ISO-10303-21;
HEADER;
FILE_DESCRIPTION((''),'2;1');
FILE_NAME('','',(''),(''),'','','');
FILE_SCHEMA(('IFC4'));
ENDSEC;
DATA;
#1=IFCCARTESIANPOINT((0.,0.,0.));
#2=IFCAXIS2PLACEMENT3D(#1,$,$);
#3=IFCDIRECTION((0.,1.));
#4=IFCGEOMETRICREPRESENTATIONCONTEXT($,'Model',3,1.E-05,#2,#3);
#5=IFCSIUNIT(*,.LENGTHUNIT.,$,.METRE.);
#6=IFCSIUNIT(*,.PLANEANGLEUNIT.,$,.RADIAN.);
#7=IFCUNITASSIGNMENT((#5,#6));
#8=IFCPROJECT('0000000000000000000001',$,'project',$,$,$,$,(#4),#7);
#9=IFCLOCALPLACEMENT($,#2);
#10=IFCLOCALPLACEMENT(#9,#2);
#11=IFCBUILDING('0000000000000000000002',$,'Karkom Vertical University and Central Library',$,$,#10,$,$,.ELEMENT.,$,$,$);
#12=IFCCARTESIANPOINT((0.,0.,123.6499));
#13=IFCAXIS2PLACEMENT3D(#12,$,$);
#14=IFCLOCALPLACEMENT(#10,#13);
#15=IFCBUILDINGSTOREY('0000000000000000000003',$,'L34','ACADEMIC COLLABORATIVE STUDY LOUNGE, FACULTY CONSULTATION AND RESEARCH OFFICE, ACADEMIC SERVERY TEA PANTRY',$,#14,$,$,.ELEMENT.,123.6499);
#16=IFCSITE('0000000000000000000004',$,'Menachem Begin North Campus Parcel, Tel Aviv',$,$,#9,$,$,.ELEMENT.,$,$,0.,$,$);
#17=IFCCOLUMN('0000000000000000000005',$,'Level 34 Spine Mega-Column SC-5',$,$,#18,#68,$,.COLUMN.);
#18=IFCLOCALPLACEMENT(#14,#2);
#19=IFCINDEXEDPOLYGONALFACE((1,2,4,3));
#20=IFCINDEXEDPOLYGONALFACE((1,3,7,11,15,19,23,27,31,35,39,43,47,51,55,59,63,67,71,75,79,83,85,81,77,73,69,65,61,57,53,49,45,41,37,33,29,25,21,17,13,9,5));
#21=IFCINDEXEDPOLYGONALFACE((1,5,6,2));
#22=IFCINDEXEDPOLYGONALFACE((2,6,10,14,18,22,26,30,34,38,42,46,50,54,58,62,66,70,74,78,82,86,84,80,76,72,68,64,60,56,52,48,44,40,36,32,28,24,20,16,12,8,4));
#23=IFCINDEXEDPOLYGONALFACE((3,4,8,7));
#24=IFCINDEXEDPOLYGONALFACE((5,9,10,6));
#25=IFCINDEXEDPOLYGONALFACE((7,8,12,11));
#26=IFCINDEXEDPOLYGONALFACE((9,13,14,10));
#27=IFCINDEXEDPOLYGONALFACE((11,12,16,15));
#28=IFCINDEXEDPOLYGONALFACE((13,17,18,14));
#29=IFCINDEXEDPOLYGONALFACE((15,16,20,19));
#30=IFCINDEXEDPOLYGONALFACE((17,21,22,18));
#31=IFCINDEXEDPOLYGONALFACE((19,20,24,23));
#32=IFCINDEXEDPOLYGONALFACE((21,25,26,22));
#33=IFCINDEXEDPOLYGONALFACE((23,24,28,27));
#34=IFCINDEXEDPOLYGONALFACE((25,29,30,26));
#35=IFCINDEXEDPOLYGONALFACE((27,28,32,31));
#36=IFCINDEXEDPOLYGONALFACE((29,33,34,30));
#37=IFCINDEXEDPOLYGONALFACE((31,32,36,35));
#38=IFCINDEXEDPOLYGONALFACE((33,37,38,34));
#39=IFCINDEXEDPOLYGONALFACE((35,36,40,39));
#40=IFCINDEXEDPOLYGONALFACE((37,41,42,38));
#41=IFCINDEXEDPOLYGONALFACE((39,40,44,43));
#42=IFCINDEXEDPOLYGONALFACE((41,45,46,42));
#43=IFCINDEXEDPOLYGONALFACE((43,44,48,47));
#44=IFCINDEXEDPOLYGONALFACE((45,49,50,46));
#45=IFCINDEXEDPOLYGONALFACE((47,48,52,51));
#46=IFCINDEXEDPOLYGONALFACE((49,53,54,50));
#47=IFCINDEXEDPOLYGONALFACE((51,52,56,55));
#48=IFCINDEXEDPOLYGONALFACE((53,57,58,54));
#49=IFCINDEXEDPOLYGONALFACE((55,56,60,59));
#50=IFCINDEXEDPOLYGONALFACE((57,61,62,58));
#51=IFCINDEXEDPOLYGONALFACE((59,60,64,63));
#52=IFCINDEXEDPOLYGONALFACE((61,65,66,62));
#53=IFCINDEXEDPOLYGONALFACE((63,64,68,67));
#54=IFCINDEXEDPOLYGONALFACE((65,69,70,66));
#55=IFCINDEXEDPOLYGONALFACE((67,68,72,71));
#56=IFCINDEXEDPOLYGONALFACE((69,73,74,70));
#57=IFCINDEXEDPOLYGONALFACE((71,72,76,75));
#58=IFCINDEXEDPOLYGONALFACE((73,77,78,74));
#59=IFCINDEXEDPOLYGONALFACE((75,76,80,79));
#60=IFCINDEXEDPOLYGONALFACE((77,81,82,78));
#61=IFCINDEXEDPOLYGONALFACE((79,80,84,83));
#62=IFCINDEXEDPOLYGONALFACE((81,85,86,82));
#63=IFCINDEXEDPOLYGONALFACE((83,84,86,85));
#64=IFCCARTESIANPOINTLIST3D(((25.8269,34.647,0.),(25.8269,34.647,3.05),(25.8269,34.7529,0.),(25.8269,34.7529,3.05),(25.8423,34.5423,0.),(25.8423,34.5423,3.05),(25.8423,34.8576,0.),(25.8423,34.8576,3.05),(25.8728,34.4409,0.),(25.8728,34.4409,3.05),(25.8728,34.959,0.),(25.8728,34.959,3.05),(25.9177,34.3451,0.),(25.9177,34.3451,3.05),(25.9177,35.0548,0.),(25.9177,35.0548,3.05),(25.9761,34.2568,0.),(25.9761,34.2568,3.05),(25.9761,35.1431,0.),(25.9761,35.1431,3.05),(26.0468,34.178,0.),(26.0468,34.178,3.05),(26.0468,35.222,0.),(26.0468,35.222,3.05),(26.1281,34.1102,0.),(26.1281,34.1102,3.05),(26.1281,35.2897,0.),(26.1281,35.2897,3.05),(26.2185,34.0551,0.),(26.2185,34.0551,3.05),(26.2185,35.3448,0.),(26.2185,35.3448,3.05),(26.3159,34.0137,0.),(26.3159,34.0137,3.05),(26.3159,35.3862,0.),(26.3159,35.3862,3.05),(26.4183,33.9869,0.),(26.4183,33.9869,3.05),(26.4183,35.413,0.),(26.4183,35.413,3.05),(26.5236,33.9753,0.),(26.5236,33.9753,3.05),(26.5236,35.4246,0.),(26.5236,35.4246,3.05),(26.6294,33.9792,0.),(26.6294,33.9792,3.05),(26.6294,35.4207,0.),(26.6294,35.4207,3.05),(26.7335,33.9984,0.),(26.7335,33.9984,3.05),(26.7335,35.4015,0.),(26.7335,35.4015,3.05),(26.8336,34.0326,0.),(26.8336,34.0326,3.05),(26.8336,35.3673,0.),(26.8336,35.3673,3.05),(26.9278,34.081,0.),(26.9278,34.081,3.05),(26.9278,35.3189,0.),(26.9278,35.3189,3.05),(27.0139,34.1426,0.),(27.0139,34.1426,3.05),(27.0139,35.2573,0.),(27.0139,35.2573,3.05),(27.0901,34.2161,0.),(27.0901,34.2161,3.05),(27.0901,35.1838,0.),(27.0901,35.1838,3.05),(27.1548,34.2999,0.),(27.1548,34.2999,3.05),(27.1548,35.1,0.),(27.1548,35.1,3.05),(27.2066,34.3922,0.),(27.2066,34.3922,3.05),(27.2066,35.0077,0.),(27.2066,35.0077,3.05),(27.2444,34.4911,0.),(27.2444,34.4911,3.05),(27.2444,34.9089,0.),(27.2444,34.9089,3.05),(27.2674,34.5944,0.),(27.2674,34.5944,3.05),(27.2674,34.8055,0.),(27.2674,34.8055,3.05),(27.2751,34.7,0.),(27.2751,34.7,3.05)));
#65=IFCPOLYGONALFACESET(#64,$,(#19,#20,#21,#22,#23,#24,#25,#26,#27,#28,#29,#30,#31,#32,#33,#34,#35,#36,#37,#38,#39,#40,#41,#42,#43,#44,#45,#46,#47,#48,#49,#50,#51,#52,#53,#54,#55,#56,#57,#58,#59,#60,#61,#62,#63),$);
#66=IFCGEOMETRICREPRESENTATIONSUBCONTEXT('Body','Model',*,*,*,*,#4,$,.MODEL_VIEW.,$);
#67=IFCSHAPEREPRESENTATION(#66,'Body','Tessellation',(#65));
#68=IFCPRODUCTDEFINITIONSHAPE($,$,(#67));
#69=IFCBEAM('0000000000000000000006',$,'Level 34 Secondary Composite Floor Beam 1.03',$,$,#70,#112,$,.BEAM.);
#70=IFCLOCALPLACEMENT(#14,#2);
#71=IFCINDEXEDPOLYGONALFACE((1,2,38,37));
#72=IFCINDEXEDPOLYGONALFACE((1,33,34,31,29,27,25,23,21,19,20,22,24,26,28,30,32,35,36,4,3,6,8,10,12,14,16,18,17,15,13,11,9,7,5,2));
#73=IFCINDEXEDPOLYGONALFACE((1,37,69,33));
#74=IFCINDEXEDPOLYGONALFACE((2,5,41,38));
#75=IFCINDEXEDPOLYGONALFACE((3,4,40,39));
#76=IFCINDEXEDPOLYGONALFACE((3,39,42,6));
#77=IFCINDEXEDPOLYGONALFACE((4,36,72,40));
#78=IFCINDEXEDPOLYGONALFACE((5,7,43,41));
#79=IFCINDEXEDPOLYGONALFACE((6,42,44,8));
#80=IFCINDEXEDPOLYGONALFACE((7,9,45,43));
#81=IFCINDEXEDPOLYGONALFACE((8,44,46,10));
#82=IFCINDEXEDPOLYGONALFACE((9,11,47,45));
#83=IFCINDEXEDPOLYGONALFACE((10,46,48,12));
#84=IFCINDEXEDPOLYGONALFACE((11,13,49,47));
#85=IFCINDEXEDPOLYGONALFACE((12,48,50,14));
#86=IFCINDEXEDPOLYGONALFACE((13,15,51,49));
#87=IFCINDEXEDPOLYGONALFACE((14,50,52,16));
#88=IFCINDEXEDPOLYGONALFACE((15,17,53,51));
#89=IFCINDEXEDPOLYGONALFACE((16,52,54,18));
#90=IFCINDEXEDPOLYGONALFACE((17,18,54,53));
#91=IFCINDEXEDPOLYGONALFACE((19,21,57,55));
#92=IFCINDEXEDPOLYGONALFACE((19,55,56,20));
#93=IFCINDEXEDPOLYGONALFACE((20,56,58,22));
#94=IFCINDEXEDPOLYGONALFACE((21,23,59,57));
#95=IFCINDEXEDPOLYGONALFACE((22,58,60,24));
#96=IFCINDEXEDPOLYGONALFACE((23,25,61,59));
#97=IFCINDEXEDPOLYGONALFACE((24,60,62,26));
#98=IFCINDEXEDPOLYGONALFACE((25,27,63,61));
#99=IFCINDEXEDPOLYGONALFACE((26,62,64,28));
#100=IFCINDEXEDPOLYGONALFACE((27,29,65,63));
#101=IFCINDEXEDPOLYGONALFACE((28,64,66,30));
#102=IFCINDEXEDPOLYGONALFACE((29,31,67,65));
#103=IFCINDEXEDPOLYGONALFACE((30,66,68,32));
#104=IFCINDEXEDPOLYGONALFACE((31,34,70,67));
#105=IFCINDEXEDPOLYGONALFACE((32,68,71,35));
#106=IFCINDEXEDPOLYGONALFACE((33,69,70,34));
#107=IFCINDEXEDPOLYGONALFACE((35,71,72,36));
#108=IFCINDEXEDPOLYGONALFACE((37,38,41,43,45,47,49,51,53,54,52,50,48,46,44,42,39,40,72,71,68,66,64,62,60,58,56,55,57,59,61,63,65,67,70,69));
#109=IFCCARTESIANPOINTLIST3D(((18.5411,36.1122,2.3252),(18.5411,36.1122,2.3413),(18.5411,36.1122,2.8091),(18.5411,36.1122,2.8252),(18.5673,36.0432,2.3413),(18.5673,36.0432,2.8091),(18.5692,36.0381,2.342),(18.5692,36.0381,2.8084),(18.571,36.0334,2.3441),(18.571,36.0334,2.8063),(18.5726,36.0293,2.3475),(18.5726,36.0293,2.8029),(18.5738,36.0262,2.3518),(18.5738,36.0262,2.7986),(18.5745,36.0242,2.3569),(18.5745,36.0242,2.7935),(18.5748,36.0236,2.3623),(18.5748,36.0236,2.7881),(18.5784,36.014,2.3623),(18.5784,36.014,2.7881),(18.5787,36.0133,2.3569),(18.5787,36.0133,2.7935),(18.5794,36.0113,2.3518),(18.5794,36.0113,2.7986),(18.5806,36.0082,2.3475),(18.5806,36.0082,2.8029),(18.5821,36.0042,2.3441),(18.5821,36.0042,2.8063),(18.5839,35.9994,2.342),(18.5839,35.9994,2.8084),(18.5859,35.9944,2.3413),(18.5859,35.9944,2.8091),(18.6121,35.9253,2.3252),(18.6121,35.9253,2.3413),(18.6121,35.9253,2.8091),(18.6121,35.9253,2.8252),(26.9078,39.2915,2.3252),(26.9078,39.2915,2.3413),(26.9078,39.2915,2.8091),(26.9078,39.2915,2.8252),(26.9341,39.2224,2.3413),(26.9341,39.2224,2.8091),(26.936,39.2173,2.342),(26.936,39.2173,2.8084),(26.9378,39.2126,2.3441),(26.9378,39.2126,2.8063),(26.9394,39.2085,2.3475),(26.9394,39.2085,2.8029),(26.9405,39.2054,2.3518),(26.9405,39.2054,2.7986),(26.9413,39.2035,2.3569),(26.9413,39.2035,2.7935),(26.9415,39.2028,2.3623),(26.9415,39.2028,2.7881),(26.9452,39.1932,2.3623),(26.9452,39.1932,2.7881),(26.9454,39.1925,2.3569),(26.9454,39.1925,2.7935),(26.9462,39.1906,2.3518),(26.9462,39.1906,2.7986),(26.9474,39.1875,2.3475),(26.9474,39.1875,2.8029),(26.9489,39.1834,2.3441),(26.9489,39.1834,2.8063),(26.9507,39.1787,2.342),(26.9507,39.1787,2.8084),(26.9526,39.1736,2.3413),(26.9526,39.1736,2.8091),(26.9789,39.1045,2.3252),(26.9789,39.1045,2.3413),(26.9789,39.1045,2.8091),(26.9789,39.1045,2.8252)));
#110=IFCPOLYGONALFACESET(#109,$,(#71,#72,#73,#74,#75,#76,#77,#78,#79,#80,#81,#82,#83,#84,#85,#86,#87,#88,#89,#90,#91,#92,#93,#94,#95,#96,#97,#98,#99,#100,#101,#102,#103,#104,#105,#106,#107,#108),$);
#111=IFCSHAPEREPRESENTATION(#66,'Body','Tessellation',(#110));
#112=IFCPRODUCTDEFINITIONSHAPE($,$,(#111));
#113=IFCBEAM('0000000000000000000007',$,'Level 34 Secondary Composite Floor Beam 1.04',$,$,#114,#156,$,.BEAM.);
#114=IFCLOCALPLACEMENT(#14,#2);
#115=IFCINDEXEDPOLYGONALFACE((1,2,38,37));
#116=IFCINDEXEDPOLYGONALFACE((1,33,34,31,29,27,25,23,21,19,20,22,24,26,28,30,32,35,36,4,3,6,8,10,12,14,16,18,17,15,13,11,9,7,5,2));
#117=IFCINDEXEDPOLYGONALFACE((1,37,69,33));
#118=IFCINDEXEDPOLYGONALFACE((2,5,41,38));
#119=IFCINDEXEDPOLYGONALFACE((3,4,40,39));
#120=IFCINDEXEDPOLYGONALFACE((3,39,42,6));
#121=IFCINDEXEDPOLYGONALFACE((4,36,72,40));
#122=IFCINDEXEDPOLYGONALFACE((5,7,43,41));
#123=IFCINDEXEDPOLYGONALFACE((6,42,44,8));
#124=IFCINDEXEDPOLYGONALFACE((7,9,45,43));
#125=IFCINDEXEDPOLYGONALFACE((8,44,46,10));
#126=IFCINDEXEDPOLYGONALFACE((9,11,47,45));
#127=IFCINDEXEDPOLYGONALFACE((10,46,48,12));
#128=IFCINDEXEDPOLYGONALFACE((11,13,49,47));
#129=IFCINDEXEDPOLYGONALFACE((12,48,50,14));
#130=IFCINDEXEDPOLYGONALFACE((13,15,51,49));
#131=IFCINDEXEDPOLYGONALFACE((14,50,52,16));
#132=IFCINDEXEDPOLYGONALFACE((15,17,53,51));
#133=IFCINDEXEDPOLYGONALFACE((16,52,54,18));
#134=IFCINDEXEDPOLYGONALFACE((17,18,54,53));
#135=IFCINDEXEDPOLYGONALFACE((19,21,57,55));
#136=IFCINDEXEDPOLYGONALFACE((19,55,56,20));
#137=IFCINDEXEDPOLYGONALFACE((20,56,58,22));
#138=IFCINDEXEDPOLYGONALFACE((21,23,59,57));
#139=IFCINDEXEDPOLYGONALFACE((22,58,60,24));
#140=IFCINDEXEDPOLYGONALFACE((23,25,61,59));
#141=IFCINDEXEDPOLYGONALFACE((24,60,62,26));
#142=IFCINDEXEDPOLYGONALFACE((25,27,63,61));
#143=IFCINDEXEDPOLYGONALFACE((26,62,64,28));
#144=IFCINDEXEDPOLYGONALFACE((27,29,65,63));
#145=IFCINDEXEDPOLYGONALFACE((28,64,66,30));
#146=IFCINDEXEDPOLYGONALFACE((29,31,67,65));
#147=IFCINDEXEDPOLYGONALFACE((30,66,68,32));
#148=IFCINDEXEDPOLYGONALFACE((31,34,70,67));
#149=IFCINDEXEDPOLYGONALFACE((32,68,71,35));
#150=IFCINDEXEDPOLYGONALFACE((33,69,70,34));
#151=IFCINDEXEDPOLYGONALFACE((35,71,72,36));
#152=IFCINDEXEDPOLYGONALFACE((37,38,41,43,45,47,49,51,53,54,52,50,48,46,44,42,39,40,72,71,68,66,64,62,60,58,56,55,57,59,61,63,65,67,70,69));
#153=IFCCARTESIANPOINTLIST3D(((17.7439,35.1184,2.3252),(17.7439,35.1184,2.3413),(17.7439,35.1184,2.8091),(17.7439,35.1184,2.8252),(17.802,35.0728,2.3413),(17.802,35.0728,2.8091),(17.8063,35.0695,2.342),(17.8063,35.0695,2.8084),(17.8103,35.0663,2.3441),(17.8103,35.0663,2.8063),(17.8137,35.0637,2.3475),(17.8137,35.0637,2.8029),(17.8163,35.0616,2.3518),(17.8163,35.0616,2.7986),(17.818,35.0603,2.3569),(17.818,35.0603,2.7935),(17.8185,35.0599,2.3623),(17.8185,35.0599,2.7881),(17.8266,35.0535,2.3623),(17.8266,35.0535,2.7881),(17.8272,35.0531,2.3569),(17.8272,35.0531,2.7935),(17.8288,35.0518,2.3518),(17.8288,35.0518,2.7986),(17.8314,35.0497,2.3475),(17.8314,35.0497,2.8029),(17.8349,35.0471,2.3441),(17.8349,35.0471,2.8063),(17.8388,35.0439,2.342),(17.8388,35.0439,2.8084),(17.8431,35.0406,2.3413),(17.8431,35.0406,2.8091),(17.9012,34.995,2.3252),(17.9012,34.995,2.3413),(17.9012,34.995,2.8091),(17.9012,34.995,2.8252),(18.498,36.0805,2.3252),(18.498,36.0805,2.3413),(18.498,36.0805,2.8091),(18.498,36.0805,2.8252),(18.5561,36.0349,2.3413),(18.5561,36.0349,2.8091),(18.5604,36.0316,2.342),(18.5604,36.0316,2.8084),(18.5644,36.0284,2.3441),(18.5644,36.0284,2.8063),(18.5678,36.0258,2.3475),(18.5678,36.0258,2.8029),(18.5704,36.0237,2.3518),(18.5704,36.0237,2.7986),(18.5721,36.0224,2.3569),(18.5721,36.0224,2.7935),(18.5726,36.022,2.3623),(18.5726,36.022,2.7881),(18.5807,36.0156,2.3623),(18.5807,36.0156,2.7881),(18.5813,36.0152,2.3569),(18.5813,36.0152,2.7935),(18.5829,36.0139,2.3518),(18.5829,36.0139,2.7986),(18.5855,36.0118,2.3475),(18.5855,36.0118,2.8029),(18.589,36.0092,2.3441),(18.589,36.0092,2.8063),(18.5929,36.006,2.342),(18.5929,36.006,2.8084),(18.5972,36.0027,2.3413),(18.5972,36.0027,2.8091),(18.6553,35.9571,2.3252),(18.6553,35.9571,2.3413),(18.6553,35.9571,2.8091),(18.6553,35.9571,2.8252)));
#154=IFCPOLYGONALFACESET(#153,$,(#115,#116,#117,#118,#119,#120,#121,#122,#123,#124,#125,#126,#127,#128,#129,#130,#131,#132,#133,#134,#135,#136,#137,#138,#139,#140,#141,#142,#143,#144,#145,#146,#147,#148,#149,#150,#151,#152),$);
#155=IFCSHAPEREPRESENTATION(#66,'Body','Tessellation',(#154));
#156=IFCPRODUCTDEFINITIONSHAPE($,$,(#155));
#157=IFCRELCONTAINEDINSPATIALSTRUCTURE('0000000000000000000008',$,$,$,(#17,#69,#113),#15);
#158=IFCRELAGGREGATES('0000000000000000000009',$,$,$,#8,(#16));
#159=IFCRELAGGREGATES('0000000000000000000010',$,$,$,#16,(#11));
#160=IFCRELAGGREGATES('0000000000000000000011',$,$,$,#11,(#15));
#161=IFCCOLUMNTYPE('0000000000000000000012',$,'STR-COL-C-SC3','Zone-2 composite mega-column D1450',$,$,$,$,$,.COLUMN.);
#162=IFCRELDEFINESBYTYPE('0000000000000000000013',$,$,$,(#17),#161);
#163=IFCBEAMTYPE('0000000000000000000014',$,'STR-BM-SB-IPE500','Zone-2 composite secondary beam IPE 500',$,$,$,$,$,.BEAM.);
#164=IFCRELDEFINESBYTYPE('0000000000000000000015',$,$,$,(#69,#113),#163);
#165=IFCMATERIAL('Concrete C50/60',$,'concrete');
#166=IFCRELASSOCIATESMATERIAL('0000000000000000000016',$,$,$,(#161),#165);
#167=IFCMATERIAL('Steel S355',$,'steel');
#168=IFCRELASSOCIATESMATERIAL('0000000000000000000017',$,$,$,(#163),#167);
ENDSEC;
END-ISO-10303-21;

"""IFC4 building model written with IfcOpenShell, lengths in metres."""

from ifc_helpers import new_model, si_unit, direction, frame, origin, origin_with_axes, origin_2d, place, context, subcontext, project, spatial, circle, i_section, extrude, source, transform, mapped, material, material_profile, profile_set, type_object, element, save


model = new_model("IFC4")

# Units and contexts
model_context = context("Model", 3, precision=1e-05, world=origin(), true_north=direction((0.0, 1.0)))
body_context = subcontext(model_context, "Body", "Model", "MODEL_VIEW")
ifc_project = project(units=[si_unit("LENGTHUNIT", "METRE"), si_unit("PLANEANGLEUNIT", "RADIAN")], contexts=[model_context])

# Site, building, storey
site_placement = place(None, origin())
site = spatial("IfcSite", under=ifc_project, at=site_placement, Name="Menachem Begin North Campus Parcel, Tel Aviv", CompositionType="ELEMENT", RefElevation=0.0)
building_placement = place(site_placement, origin())
building = spatial("IfcBuilding", under=site, at=building_placement, Name="Karkom Vertical University and Central Library", CompositionType="ELEMENT")
storey_placement = place(building_placement, frame((0.0, 0.0, 123.6499)))
storey = spatial("IfcBuildingStorey", under=building, at=storey_placement, Name="L34", Description="ACADEMIC COLLABORATIVE STUDY LOUNGE, FACULTY CONSULTATION AND RESEARCH OFFICE, ACADEMIC SERVERY TEA PANTRY", CompositionType="ELEMENT", Elevation=123.6499)

# Column
ifc_material_1 = material(Name="Concrete C50/60", Category="concrete")
ifc_material_profile_1 = material_profile(ifc_material_1, circle(Radius=0.7251, at=origin_2d()), Name="CFT-D1450")
ifc_profile_set_1 = profile_set([ifc_material_profile_1], Name="Concrete C50/60")
column_type = type_object("IfcColumnType", Name="STR-COL-C-SC3", Description="Zone-2 composite mega-column D1450", PredefinedType="COLUMN", material=ifc_profile_set_1)
shared_shape_1 = source(origin_with_axes(), body_context, "Body", "SweptSolid", [
    extrude(circle(Radius=0.7251, at=origin_2d()), origin(), (0.0, 0.0, 1.0), 3.05),
])
column_placement = place(storey_placement, frame((26.55, 34.7, 0.0), z_axis=(0.0, 0.0, 1.0), x_axis=(1.0, 0.0, 0.0)))
element("IfcColumn", 1, at=column_placement, inside=storey, type_object=column_type, Name="Level 34 Spine Mega-Column SC-5", PredefinedType="COLUMN", context=body_context, shape_type="MappedRepresentation", body=[
    mapped(shared_shape_1, transform((0.0, 0.0, 0.0), scale=1.0)),
])

# Beams
ifc_material_2 = material(Name="Steel S355", Category="steel")
ifc_material_profile_2 = material_profile(ifc_material_2, i_section(OverallWidth=0.2, OverallDepth=0.5, WebThickness=0.0103, FlangeThickness=0.0161, FilletRadius=0.021, at=origin_2d()), Name="IPE 500")
ifc_profile_set_2 = profile_set([ifc_material_profile_2], Name="Steel S355")
beam_type_1 = type_object("IfcBeamType", Name="STR-BM-SB-IPE500", Description="Zone-2 composite secondary beam IPE 500", PredefinedType="BEAM", material=ifc_profile_set_2)
shared_shape_2 = source(origin_with_axes(), body_context, "Body", "SweptSolid", [
    extrude(i_section(OverallWidth=0.2, OverallDepth=0.5, WebThickness=0.0103, FlangeThickness=0.0161, FilletRadius=0.021, at=origin_2d()), origin(), (0.0, 0.0, 1.0), 8.9504),
])
beam_1_placement = place(storey_placement, frame((26.9434, 39.198, 2.5752), z_axis=(-0.934789, -0.355203, 0.0), x_axis=(0.355203, -0.934789, 0.0)))
element("IfcBeam", 2, at=beam_1_placement, inside=storey, type_object=beam_type_1, Name="Level 34 Secondary Composite Floor Beam 1.03", PredefinedType="BEAM", context=body_context, shape_type="MappedRepresentation", body=[
    mapped(shared_shape_2, transform((0.0, 0.0, 0.0), scale=1.0)),
])
shared_shape_3 = source(origin_with_axes(), body_context, "Body", "SweptSolid", [
    extrude(i_section(OverallWidth=0.2, OverallDepth=0.5, WebThickness=0.0103, FlangeThickness=0.0161, FilletRadius=0.021, at=origin_2d()), origin(), (0.0, 0.0, 1.0), 1.2224),
])
beam_2_placement = place(storey_placement, frame((18.5767, 36.0188, 2.5752), z_axis=(-0.616895, -0.787045, 0.0), x_axis=(0.787045, -0.616895, 0.0)))
element("IfcBeam", 3, at=beam_2_placement, inside=storey, type_object=beam_type_1, Name="Level 34 Secondary Composite Floor Beam 1.04", PredefinedType="BEAM", context=body_context, shape_type="MappedRepresentation", body=[
    mapped(shared_shape_3, transform((0.0, 0.0, 0.0), scale=1.0)),
])

save(model, "model.ifc")
